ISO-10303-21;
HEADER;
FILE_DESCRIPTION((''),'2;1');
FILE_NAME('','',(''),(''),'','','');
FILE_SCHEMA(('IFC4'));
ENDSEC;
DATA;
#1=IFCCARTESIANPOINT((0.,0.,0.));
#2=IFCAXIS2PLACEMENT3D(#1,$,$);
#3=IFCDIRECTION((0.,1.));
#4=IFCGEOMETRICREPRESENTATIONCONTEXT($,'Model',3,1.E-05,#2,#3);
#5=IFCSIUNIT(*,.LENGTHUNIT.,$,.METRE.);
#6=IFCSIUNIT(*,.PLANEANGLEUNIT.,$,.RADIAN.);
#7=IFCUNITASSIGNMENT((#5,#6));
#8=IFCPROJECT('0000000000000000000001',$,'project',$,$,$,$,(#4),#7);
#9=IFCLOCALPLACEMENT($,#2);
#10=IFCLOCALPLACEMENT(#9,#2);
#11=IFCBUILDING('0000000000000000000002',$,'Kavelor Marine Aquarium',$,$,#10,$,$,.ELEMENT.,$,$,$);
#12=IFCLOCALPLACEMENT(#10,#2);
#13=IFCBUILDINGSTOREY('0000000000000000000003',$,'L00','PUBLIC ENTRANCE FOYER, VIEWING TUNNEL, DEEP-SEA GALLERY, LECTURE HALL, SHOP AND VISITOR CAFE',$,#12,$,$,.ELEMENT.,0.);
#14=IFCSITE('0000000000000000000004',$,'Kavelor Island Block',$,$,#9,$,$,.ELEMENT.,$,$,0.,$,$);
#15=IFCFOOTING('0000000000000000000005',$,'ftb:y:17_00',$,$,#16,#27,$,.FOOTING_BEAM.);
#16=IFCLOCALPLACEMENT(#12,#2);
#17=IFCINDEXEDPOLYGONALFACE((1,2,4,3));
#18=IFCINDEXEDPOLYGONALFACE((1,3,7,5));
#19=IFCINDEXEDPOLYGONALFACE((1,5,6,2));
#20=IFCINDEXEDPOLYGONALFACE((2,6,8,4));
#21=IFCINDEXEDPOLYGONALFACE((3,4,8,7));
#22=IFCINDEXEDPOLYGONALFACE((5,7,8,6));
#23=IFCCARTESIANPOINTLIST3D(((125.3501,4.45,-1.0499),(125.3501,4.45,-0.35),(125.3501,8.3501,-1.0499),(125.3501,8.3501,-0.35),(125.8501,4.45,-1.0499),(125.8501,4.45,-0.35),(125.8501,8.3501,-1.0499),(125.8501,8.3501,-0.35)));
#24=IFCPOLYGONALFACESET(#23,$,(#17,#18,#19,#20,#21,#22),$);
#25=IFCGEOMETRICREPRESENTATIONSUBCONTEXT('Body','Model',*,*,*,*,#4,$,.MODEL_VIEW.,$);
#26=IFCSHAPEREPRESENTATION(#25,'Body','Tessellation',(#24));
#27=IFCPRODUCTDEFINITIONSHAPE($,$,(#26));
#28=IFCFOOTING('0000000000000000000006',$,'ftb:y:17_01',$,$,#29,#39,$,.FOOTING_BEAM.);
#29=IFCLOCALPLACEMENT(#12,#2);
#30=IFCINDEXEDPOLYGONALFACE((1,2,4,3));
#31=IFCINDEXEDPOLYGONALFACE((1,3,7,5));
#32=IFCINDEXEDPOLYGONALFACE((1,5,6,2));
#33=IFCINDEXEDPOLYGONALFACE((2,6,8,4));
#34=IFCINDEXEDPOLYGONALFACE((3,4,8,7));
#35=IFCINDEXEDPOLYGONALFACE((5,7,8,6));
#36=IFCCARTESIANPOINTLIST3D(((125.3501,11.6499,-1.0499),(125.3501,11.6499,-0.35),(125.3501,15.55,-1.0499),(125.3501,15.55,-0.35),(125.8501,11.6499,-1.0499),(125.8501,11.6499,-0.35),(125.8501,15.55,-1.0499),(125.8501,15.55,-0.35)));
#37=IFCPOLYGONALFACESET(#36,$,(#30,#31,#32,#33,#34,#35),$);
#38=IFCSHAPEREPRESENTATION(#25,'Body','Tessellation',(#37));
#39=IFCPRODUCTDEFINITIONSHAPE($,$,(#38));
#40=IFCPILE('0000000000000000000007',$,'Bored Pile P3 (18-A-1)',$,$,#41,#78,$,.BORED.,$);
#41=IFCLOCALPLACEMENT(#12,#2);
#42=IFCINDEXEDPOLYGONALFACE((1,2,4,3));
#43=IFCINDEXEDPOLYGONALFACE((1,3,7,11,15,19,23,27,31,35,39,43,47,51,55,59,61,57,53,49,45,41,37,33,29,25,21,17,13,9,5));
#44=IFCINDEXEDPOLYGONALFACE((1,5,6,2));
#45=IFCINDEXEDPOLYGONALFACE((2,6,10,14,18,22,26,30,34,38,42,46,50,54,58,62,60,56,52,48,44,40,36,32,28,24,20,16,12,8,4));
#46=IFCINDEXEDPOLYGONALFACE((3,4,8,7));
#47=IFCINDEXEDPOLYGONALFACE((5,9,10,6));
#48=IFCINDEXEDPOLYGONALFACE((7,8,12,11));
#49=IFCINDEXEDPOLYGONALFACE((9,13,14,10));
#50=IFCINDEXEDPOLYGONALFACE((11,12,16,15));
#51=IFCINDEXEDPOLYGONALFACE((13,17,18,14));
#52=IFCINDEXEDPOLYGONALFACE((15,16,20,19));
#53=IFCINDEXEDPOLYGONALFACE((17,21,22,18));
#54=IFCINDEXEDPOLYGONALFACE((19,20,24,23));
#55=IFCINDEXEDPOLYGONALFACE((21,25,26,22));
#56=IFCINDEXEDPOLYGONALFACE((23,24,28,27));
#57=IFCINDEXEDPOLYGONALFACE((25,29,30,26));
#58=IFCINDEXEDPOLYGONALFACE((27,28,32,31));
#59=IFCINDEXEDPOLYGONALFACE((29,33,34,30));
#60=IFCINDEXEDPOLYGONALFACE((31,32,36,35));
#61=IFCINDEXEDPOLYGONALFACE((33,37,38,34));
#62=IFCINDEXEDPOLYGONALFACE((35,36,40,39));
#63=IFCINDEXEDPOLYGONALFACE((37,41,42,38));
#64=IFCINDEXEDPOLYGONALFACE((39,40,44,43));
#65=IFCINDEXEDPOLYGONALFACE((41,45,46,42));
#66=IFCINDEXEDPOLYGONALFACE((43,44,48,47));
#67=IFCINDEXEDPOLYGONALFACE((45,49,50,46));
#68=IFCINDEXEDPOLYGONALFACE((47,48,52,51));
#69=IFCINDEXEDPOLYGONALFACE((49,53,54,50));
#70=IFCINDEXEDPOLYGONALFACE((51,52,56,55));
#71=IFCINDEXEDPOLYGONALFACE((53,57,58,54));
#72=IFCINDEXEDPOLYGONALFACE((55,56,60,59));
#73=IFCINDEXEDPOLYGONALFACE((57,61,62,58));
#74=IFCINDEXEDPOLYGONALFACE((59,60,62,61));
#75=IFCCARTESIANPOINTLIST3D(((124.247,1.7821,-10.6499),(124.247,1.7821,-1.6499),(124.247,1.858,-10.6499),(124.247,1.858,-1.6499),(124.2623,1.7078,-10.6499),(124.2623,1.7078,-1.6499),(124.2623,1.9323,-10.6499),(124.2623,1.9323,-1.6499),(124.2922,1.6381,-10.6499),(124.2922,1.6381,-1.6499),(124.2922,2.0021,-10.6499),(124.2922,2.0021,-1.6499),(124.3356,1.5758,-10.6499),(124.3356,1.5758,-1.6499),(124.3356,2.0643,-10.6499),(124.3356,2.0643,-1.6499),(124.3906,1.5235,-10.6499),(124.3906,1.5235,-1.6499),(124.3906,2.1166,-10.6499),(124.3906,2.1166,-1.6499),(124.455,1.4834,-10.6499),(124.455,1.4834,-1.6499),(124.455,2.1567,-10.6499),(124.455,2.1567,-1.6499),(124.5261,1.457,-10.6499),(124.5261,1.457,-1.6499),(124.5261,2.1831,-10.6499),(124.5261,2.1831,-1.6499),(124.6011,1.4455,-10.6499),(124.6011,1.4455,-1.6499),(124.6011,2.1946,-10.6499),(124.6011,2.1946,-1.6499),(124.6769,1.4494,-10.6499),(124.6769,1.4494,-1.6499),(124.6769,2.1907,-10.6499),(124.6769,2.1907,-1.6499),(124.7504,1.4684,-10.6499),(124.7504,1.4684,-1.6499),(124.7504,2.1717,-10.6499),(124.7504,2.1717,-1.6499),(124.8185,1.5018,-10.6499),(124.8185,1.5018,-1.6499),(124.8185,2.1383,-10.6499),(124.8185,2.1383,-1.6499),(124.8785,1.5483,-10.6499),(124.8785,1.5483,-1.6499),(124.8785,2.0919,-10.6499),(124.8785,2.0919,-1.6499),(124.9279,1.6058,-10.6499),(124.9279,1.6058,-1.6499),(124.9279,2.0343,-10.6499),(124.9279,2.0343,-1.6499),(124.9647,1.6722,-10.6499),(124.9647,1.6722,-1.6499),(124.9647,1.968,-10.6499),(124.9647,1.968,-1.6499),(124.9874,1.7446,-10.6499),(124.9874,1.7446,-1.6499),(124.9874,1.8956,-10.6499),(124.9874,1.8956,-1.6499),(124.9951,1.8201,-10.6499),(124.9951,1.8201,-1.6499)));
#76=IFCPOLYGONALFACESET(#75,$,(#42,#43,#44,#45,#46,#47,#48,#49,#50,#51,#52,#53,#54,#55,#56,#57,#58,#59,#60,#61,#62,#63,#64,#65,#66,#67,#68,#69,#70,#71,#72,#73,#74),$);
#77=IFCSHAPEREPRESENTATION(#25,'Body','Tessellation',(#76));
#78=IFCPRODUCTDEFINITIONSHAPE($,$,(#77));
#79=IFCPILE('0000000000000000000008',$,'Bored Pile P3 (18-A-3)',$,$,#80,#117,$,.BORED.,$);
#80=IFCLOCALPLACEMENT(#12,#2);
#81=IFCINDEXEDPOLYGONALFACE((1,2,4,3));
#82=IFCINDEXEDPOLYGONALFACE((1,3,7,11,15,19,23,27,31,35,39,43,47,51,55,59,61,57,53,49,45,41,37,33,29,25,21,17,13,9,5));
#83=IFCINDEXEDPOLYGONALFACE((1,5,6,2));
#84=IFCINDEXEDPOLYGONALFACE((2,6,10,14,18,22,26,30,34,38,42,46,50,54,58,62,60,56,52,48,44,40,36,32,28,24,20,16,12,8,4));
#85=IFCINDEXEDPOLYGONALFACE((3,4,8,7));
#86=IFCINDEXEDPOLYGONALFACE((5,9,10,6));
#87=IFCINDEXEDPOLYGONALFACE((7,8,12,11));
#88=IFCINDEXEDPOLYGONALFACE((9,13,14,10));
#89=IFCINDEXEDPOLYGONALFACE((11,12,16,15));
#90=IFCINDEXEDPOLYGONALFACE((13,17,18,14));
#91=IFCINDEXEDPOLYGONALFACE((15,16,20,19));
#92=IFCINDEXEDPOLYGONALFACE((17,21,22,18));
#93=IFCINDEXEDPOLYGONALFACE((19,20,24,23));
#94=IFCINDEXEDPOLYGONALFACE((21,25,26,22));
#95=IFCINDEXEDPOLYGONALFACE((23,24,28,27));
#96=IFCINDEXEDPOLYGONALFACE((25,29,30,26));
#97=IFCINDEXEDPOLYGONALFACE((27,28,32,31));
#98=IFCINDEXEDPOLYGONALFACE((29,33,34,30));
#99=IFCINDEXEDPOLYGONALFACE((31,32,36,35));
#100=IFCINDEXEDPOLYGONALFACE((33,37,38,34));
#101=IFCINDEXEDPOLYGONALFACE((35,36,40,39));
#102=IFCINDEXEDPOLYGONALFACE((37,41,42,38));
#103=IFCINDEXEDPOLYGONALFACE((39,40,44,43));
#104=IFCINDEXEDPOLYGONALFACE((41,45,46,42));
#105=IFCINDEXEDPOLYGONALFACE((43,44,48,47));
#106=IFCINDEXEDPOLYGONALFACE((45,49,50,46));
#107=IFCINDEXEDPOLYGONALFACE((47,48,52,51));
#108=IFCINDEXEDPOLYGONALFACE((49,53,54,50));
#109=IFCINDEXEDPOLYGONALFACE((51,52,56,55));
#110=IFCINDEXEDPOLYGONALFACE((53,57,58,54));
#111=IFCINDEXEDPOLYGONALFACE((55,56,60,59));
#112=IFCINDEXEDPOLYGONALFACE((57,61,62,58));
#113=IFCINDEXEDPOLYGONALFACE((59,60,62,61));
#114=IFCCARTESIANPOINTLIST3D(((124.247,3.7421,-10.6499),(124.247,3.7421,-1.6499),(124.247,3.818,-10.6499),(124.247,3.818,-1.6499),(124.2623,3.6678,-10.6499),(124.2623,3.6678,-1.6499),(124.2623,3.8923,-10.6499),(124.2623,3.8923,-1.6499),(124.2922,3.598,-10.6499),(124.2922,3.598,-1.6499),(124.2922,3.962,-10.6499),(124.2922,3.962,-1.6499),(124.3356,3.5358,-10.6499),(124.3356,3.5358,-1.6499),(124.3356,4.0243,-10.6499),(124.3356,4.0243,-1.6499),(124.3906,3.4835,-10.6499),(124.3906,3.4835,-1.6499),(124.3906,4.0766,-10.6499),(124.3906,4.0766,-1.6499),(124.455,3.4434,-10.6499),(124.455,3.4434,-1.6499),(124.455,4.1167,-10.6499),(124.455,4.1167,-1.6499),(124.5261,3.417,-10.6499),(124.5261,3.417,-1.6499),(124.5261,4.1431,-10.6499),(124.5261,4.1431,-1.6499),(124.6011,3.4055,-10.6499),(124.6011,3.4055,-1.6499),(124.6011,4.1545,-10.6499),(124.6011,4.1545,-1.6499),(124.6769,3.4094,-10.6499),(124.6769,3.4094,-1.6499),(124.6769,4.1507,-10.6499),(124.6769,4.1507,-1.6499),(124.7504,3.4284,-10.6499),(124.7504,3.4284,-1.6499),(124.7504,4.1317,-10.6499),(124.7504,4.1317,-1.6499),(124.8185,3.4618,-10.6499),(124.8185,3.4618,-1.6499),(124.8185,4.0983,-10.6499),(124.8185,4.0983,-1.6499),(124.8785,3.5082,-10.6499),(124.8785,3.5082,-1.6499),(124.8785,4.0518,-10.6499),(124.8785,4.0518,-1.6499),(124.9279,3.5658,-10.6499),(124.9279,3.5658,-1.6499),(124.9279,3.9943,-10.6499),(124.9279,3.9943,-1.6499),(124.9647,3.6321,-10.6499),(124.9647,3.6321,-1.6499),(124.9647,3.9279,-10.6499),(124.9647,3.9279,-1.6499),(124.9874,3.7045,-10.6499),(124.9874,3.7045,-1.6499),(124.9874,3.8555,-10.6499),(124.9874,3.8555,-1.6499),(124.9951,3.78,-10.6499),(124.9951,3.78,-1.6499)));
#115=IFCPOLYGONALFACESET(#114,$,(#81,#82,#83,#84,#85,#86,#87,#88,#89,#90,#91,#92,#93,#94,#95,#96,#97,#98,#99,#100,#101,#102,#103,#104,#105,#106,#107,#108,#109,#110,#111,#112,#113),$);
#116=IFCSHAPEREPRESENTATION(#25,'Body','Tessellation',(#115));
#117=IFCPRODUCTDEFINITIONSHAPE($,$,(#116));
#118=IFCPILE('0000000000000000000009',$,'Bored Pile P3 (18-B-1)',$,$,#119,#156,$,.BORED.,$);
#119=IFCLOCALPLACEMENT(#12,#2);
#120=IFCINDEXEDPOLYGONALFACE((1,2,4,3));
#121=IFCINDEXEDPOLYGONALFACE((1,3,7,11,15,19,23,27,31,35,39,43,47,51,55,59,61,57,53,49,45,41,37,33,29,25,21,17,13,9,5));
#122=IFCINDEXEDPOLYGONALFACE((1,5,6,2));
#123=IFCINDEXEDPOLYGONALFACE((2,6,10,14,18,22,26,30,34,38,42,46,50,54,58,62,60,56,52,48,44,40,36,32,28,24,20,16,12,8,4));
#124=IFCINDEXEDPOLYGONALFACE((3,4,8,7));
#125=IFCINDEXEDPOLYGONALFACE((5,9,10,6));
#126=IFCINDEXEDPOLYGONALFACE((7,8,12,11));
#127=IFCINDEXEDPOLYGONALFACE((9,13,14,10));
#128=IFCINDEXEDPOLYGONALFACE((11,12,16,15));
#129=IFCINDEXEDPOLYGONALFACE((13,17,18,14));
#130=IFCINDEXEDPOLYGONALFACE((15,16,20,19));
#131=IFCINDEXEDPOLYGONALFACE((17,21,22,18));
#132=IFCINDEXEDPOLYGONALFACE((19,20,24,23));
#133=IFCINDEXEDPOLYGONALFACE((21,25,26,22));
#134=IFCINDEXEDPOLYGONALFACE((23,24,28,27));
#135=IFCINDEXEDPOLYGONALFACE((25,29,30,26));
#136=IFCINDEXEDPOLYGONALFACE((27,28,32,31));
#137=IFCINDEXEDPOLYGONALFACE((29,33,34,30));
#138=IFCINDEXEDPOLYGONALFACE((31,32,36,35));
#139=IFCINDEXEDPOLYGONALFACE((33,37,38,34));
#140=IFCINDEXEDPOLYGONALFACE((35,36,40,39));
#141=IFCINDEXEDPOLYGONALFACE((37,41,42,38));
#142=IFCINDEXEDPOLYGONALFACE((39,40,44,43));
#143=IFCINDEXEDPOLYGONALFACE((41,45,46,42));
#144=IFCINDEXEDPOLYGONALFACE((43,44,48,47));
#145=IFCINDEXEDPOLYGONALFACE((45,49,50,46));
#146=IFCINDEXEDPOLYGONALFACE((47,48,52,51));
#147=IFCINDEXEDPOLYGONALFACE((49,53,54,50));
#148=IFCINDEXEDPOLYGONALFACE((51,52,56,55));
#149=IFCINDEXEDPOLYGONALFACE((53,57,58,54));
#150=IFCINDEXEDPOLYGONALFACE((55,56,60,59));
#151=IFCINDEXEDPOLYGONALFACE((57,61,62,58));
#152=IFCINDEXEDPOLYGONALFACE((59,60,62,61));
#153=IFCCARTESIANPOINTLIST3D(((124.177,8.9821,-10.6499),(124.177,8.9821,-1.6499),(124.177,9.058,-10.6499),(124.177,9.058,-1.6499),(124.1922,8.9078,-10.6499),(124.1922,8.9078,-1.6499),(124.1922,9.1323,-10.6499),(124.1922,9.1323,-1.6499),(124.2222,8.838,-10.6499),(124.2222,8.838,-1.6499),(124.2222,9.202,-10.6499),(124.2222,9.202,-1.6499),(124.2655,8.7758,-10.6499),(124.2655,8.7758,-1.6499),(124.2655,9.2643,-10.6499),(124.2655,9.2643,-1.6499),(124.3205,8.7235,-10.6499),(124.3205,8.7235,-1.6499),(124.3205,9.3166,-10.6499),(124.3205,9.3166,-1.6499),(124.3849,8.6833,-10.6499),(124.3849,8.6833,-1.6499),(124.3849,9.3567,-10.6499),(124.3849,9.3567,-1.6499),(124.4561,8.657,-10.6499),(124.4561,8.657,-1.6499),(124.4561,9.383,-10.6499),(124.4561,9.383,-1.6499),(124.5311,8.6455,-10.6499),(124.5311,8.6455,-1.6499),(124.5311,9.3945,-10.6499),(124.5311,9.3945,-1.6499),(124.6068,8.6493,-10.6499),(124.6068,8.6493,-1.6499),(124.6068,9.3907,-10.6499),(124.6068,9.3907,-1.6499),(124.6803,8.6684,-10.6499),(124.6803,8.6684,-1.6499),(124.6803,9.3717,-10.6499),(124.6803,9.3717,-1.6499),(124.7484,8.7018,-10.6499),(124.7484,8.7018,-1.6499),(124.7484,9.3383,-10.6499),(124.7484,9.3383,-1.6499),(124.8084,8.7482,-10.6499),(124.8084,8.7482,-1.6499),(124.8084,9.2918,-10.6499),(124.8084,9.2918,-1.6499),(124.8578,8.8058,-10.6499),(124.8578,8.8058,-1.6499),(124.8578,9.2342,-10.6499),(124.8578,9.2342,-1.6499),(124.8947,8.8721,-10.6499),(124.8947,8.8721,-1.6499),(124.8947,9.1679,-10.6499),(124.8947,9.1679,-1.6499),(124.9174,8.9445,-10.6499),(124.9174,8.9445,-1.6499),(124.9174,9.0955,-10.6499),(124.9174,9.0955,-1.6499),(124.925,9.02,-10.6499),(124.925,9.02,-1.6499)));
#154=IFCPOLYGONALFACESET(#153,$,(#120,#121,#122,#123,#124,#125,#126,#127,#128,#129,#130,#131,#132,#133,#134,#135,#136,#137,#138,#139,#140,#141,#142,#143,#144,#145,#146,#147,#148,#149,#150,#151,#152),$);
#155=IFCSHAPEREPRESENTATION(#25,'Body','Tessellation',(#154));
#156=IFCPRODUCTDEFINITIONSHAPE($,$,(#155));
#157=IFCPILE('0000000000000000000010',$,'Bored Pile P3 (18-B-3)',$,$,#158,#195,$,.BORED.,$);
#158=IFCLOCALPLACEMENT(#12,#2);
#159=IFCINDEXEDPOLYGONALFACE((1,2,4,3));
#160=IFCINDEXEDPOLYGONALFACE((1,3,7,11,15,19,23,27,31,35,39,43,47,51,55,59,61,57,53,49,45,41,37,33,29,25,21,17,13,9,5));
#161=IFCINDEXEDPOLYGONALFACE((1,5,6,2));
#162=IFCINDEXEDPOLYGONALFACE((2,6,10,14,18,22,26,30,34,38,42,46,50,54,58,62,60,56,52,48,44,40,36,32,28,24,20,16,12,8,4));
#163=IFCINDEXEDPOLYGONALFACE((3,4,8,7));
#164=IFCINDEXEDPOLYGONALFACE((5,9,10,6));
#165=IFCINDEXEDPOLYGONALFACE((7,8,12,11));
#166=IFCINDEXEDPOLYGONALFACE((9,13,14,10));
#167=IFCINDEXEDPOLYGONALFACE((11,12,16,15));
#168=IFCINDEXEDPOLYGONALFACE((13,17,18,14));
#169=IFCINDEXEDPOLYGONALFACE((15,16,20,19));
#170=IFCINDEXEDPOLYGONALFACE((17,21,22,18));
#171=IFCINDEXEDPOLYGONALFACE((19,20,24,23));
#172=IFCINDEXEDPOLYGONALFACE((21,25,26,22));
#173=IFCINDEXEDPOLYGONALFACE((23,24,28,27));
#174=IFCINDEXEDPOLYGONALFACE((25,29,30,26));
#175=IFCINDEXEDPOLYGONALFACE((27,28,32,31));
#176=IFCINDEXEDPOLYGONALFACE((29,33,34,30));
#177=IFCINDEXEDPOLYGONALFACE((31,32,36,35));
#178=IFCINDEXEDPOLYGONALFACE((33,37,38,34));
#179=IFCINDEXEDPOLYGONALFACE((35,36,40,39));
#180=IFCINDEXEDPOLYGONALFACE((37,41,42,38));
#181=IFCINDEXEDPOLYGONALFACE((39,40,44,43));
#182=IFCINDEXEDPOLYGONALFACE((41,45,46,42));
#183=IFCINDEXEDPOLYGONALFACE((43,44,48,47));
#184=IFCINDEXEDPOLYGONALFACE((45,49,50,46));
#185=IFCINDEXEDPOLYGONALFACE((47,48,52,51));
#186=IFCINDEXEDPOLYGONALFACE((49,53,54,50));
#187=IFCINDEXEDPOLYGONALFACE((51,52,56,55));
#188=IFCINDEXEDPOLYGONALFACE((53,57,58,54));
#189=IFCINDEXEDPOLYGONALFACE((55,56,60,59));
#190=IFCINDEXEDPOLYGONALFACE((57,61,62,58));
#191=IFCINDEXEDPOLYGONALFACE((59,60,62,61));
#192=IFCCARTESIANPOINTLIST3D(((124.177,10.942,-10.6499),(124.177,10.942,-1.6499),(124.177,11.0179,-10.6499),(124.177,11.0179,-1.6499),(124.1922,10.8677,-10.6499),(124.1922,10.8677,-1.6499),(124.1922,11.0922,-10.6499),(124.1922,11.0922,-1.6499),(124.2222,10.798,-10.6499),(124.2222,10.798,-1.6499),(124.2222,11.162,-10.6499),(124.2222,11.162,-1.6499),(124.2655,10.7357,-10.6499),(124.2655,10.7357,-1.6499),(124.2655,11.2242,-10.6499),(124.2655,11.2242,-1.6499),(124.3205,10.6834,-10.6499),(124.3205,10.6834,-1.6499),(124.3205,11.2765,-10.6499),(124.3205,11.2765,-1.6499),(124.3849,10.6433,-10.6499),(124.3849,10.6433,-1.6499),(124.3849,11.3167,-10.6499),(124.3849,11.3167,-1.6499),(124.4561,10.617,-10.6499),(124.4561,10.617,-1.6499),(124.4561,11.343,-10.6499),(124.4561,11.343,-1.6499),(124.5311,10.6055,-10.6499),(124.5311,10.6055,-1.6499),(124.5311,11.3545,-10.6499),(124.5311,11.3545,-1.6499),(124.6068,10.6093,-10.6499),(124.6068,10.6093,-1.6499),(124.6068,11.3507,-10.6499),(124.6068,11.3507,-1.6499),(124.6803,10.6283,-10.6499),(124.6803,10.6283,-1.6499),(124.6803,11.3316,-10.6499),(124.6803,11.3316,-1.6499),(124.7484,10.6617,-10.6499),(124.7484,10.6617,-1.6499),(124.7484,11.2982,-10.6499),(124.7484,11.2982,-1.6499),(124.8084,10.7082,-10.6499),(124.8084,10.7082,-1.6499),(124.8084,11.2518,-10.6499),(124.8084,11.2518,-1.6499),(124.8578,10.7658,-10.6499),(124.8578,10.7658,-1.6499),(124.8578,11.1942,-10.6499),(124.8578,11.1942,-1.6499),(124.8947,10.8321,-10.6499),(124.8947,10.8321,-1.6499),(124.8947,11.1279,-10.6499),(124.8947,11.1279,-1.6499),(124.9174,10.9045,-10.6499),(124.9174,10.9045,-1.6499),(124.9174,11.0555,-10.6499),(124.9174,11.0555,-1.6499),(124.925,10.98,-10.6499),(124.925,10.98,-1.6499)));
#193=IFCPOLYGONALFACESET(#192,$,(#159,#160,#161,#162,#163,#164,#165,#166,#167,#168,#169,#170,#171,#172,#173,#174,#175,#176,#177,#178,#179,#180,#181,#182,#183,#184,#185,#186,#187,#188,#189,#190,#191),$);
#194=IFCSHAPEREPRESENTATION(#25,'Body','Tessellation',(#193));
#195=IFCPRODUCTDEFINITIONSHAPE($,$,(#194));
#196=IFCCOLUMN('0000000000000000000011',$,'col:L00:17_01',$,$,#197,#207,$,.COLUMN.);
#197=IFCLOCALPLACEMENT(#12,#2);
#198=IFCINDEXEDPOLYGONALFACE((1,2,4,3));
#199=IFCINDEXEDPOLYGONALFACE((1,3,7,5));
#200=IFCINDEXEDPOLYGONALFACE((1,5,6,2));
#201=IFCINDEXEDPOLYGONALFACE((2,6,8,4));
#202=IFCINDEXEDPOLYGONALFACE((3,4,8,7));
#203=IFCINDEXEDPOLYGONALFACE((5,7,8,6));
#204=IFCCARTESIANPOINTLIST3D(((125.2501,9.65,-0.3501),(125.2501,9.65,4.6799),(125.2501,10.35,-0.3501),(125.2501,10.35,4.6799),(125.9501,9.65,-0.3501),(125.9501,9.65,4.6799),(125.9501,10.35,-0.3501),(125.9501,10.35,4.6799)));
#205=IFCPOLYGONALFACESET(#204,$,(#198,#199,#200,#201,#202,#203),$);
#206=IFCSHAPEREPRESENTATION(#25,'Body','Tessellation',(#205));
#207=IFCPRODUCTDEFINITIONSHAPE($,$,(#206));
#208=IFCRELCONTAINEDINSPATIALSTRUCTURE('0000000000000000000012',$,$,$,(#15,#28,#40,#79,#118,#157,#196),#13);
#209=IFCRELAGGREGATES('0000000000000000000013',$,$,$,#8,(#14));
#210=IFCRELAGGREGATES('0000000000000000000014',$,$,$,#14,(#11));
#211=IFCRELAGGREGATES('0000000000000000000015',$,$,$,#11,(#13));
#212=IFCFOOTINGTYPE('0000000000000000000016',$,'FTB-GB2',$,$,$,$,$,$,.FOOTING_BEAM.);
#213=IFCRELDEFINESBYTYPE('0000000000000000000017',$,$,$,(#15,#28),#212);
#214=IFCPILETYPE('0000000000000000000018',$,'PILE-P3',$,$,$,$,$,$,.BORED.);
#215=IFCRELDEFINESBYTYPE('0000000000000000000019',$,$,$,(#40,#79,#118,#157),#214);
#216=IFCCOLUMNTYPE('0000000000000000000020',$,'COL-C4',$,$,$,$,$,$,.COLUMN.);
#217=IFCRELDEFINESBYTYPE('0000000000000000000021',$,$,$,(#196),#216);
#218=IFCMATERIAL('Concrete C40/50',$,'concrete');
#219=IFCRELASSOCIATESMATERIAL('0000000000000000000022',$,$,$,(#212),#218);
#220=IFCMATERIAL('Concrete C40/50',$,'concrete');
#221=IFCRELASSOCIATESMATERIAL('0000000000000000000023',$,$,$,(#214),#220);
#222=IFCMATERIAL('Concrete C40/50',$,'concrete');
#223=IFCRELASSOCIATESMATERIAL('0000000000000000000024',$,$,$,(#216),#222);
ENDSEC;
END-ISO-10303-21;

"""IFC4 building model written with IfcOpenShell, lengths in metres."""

from ifc_helpers import new_model, si_unit, direction, frame, origin, origin_2d, place, context, subcontext, project, spatial, rectangle, circle, extrude, material, material_profile, profile_set, type_object, element, save


model = new_model("IFC4")

# Units and contexts
model_context = context("Model", 3, precision=1e-05, world=origin(), true_north=direction((0.0, 1.0)))
body_context = subcontext(model_context, "Body", "Model", "MODEL_VIEW")
ifc_project = project(units=[si_unit("LENGTHUNIT", "METRE"), si_unit("PLANEANGLEUNIT", "RADIAN")], contexts=[model_context])

# Site, building, storey
site_placement = place(None, origin())
site = spatial("IfcSite", under=ifc_project, at=site_placement, Name="Kavelor Island Block", CompositionType="ELEMENT", RefElevation=0.0)
building_placement = place(site_placement, origin())
building = spatial("IfcBuilding", under=site, at=building_placement, Name="Kavelor Marine Aquarium", CompositionType="ELEMENT")
storey_placement = place(building_placement, origin())
storey = spatial("IfcBuildingStorey", under=building, at=storey_placement, Name="L00", Description="PUBLIC ENTRANCE FOYER, VIEWING TUNNEL, DEEP-SEA GALLERY, LECTURE HALL, SHOP AND VISITOR CAFE", CompositionType="ELEMENT", Elevation=0.0)

# Footings
ifc_material_1 = material(Name="Concrete C40/50", Category="concrete")
ifc_material_profile_1 = material_profile(ifc_material_1, rectangle(XDim=0.5, YDim=0.7, at=origin_2d()), Name="GB 500x700")
ifc_profile_set_1 = profile_set([ifc_material_profile_1], Name="Concrete C40/50")
footing_type = type_object("IfcFootingType", Name="FTB-GB2", PredefinedType="FOOTING_BEAM", material=ifc_profile_set_1)
for number, where, z_axis, x_axis, name in (
    (1, (125.6001, 4.45, -0.7), (0.0, 1.0, 0.0), (-1.0, 0.0, 0.0), "ftb:y:17_00"),
    (2, (125.6001, 11.6499, -0.7), (0.0, 1.0, 0.0), (-1.0, 0.0, 0.0), "ftb:y:17_01"),
):
    element("IfcFooting", number, at=place(storey_placement, frame(where, z_axis=z_axis, x_axis=x_axis)), inside=storey, type_object=footing_type, Name=name, PredefinedType="FOOTING_BEAM", context=body_context, shape_type="SweptSolid", body=[
        extrude(rectangle(XDim=0.5, YDim=0.7, at=origin_2d()), origin(), (0.0, 0.0, 1.0), 3.9001),
    ])

# Piles
ifc_material_2 = material(Name="Concrete C40/50", Category="concrete")
ifc_material_profile_2 = material_profile(ifc_material_2, circle(Radius=0.375, at=origin_2d()), Name="PILE D750")
ifc_profile_set_2 = profile_set([ifc_material_profile_2], Name="Concrete C40/50")
pile_type = type_object("IfcPileType", Name="PILE-P3", PredefinedType="BORED", material=ifc_profile_set_2)
for number, where, z_axis, x_axis, name in (
    (3, (124.6201, 1.8201, -1.6499), (0.0, 0.0, -1.0), (1.0, 0.0, 0.0), "Bored Pile P3 (18-A-1)"),
    (4, (124.6201, 3.78, -1.6499), (0.0, 0.0, -1.0), (1.0, 0.0, 0.0), "Bored Pile P3 (18-A-3)"),
    (5, (124.55, 9.02, -1.6499), (0.0, 0.0, -1.0), (1.0, 0.0, 0.0), "Bored Pile P3 (18-B-1)"),
    (6, (124.55, 10.98, -1.6499), (0.0, 0.0, -1.0), (1.0, 0.0, 0.0), "Bored Pile P3 (18-B-3)"),
):
    element("IfcPile", number, at=place(storey_placement, frame(where, z_axis=z_axis, x_axis=x_axis)), inside=storey, type_object=pile_type, Name=name, PredefinedType="BORED", context=body_context, shape_type="SweptSolid", body=[
        extrude(circle(Radius=0.375, at=origin_2d()), origin(), (0.0, 0.0, 1.0), 9.0),
    ])

# Column
ifc_material_3 = material(Name="Concrete C40/50", Category="concrete")
ifc_material_profile_3 = material_profile(ifc_material_3, rectangle(XDim=0.7, YDim=0.7, at=origin_2d()), Name="RC-COL 700x700")
ifc_profile_set_3 = profile_set([ifc_material_profile_3], Name="Concrete C40/50")
column_type_1 = type_object("IfcColumnType", Name="COL-C4", PredefinedType="COLUMN", material=ifc_profile_set_3)
column_1_placement = place(storey_placement, frame((125.6001, 10.0, -0.3501), z_axis=(0.0, 0.0, 1.0), x_axis=(1.0, 0.0, 0.0)))
element("IfcColumn", 7, at=column_1_placement, inside=storey, type_object=column_type_1, Name="col:L00:17_01", PredefinedType="COLUMN", context=body_context, shape_type="SweptSolid", body=[
    extrude(rectangle(XDim=0.7, YDim=0.7, at=origin_2d()), origin(), (0.0, 0.0, 1.0), 5.03),
])

save(model, "model.ifc")
